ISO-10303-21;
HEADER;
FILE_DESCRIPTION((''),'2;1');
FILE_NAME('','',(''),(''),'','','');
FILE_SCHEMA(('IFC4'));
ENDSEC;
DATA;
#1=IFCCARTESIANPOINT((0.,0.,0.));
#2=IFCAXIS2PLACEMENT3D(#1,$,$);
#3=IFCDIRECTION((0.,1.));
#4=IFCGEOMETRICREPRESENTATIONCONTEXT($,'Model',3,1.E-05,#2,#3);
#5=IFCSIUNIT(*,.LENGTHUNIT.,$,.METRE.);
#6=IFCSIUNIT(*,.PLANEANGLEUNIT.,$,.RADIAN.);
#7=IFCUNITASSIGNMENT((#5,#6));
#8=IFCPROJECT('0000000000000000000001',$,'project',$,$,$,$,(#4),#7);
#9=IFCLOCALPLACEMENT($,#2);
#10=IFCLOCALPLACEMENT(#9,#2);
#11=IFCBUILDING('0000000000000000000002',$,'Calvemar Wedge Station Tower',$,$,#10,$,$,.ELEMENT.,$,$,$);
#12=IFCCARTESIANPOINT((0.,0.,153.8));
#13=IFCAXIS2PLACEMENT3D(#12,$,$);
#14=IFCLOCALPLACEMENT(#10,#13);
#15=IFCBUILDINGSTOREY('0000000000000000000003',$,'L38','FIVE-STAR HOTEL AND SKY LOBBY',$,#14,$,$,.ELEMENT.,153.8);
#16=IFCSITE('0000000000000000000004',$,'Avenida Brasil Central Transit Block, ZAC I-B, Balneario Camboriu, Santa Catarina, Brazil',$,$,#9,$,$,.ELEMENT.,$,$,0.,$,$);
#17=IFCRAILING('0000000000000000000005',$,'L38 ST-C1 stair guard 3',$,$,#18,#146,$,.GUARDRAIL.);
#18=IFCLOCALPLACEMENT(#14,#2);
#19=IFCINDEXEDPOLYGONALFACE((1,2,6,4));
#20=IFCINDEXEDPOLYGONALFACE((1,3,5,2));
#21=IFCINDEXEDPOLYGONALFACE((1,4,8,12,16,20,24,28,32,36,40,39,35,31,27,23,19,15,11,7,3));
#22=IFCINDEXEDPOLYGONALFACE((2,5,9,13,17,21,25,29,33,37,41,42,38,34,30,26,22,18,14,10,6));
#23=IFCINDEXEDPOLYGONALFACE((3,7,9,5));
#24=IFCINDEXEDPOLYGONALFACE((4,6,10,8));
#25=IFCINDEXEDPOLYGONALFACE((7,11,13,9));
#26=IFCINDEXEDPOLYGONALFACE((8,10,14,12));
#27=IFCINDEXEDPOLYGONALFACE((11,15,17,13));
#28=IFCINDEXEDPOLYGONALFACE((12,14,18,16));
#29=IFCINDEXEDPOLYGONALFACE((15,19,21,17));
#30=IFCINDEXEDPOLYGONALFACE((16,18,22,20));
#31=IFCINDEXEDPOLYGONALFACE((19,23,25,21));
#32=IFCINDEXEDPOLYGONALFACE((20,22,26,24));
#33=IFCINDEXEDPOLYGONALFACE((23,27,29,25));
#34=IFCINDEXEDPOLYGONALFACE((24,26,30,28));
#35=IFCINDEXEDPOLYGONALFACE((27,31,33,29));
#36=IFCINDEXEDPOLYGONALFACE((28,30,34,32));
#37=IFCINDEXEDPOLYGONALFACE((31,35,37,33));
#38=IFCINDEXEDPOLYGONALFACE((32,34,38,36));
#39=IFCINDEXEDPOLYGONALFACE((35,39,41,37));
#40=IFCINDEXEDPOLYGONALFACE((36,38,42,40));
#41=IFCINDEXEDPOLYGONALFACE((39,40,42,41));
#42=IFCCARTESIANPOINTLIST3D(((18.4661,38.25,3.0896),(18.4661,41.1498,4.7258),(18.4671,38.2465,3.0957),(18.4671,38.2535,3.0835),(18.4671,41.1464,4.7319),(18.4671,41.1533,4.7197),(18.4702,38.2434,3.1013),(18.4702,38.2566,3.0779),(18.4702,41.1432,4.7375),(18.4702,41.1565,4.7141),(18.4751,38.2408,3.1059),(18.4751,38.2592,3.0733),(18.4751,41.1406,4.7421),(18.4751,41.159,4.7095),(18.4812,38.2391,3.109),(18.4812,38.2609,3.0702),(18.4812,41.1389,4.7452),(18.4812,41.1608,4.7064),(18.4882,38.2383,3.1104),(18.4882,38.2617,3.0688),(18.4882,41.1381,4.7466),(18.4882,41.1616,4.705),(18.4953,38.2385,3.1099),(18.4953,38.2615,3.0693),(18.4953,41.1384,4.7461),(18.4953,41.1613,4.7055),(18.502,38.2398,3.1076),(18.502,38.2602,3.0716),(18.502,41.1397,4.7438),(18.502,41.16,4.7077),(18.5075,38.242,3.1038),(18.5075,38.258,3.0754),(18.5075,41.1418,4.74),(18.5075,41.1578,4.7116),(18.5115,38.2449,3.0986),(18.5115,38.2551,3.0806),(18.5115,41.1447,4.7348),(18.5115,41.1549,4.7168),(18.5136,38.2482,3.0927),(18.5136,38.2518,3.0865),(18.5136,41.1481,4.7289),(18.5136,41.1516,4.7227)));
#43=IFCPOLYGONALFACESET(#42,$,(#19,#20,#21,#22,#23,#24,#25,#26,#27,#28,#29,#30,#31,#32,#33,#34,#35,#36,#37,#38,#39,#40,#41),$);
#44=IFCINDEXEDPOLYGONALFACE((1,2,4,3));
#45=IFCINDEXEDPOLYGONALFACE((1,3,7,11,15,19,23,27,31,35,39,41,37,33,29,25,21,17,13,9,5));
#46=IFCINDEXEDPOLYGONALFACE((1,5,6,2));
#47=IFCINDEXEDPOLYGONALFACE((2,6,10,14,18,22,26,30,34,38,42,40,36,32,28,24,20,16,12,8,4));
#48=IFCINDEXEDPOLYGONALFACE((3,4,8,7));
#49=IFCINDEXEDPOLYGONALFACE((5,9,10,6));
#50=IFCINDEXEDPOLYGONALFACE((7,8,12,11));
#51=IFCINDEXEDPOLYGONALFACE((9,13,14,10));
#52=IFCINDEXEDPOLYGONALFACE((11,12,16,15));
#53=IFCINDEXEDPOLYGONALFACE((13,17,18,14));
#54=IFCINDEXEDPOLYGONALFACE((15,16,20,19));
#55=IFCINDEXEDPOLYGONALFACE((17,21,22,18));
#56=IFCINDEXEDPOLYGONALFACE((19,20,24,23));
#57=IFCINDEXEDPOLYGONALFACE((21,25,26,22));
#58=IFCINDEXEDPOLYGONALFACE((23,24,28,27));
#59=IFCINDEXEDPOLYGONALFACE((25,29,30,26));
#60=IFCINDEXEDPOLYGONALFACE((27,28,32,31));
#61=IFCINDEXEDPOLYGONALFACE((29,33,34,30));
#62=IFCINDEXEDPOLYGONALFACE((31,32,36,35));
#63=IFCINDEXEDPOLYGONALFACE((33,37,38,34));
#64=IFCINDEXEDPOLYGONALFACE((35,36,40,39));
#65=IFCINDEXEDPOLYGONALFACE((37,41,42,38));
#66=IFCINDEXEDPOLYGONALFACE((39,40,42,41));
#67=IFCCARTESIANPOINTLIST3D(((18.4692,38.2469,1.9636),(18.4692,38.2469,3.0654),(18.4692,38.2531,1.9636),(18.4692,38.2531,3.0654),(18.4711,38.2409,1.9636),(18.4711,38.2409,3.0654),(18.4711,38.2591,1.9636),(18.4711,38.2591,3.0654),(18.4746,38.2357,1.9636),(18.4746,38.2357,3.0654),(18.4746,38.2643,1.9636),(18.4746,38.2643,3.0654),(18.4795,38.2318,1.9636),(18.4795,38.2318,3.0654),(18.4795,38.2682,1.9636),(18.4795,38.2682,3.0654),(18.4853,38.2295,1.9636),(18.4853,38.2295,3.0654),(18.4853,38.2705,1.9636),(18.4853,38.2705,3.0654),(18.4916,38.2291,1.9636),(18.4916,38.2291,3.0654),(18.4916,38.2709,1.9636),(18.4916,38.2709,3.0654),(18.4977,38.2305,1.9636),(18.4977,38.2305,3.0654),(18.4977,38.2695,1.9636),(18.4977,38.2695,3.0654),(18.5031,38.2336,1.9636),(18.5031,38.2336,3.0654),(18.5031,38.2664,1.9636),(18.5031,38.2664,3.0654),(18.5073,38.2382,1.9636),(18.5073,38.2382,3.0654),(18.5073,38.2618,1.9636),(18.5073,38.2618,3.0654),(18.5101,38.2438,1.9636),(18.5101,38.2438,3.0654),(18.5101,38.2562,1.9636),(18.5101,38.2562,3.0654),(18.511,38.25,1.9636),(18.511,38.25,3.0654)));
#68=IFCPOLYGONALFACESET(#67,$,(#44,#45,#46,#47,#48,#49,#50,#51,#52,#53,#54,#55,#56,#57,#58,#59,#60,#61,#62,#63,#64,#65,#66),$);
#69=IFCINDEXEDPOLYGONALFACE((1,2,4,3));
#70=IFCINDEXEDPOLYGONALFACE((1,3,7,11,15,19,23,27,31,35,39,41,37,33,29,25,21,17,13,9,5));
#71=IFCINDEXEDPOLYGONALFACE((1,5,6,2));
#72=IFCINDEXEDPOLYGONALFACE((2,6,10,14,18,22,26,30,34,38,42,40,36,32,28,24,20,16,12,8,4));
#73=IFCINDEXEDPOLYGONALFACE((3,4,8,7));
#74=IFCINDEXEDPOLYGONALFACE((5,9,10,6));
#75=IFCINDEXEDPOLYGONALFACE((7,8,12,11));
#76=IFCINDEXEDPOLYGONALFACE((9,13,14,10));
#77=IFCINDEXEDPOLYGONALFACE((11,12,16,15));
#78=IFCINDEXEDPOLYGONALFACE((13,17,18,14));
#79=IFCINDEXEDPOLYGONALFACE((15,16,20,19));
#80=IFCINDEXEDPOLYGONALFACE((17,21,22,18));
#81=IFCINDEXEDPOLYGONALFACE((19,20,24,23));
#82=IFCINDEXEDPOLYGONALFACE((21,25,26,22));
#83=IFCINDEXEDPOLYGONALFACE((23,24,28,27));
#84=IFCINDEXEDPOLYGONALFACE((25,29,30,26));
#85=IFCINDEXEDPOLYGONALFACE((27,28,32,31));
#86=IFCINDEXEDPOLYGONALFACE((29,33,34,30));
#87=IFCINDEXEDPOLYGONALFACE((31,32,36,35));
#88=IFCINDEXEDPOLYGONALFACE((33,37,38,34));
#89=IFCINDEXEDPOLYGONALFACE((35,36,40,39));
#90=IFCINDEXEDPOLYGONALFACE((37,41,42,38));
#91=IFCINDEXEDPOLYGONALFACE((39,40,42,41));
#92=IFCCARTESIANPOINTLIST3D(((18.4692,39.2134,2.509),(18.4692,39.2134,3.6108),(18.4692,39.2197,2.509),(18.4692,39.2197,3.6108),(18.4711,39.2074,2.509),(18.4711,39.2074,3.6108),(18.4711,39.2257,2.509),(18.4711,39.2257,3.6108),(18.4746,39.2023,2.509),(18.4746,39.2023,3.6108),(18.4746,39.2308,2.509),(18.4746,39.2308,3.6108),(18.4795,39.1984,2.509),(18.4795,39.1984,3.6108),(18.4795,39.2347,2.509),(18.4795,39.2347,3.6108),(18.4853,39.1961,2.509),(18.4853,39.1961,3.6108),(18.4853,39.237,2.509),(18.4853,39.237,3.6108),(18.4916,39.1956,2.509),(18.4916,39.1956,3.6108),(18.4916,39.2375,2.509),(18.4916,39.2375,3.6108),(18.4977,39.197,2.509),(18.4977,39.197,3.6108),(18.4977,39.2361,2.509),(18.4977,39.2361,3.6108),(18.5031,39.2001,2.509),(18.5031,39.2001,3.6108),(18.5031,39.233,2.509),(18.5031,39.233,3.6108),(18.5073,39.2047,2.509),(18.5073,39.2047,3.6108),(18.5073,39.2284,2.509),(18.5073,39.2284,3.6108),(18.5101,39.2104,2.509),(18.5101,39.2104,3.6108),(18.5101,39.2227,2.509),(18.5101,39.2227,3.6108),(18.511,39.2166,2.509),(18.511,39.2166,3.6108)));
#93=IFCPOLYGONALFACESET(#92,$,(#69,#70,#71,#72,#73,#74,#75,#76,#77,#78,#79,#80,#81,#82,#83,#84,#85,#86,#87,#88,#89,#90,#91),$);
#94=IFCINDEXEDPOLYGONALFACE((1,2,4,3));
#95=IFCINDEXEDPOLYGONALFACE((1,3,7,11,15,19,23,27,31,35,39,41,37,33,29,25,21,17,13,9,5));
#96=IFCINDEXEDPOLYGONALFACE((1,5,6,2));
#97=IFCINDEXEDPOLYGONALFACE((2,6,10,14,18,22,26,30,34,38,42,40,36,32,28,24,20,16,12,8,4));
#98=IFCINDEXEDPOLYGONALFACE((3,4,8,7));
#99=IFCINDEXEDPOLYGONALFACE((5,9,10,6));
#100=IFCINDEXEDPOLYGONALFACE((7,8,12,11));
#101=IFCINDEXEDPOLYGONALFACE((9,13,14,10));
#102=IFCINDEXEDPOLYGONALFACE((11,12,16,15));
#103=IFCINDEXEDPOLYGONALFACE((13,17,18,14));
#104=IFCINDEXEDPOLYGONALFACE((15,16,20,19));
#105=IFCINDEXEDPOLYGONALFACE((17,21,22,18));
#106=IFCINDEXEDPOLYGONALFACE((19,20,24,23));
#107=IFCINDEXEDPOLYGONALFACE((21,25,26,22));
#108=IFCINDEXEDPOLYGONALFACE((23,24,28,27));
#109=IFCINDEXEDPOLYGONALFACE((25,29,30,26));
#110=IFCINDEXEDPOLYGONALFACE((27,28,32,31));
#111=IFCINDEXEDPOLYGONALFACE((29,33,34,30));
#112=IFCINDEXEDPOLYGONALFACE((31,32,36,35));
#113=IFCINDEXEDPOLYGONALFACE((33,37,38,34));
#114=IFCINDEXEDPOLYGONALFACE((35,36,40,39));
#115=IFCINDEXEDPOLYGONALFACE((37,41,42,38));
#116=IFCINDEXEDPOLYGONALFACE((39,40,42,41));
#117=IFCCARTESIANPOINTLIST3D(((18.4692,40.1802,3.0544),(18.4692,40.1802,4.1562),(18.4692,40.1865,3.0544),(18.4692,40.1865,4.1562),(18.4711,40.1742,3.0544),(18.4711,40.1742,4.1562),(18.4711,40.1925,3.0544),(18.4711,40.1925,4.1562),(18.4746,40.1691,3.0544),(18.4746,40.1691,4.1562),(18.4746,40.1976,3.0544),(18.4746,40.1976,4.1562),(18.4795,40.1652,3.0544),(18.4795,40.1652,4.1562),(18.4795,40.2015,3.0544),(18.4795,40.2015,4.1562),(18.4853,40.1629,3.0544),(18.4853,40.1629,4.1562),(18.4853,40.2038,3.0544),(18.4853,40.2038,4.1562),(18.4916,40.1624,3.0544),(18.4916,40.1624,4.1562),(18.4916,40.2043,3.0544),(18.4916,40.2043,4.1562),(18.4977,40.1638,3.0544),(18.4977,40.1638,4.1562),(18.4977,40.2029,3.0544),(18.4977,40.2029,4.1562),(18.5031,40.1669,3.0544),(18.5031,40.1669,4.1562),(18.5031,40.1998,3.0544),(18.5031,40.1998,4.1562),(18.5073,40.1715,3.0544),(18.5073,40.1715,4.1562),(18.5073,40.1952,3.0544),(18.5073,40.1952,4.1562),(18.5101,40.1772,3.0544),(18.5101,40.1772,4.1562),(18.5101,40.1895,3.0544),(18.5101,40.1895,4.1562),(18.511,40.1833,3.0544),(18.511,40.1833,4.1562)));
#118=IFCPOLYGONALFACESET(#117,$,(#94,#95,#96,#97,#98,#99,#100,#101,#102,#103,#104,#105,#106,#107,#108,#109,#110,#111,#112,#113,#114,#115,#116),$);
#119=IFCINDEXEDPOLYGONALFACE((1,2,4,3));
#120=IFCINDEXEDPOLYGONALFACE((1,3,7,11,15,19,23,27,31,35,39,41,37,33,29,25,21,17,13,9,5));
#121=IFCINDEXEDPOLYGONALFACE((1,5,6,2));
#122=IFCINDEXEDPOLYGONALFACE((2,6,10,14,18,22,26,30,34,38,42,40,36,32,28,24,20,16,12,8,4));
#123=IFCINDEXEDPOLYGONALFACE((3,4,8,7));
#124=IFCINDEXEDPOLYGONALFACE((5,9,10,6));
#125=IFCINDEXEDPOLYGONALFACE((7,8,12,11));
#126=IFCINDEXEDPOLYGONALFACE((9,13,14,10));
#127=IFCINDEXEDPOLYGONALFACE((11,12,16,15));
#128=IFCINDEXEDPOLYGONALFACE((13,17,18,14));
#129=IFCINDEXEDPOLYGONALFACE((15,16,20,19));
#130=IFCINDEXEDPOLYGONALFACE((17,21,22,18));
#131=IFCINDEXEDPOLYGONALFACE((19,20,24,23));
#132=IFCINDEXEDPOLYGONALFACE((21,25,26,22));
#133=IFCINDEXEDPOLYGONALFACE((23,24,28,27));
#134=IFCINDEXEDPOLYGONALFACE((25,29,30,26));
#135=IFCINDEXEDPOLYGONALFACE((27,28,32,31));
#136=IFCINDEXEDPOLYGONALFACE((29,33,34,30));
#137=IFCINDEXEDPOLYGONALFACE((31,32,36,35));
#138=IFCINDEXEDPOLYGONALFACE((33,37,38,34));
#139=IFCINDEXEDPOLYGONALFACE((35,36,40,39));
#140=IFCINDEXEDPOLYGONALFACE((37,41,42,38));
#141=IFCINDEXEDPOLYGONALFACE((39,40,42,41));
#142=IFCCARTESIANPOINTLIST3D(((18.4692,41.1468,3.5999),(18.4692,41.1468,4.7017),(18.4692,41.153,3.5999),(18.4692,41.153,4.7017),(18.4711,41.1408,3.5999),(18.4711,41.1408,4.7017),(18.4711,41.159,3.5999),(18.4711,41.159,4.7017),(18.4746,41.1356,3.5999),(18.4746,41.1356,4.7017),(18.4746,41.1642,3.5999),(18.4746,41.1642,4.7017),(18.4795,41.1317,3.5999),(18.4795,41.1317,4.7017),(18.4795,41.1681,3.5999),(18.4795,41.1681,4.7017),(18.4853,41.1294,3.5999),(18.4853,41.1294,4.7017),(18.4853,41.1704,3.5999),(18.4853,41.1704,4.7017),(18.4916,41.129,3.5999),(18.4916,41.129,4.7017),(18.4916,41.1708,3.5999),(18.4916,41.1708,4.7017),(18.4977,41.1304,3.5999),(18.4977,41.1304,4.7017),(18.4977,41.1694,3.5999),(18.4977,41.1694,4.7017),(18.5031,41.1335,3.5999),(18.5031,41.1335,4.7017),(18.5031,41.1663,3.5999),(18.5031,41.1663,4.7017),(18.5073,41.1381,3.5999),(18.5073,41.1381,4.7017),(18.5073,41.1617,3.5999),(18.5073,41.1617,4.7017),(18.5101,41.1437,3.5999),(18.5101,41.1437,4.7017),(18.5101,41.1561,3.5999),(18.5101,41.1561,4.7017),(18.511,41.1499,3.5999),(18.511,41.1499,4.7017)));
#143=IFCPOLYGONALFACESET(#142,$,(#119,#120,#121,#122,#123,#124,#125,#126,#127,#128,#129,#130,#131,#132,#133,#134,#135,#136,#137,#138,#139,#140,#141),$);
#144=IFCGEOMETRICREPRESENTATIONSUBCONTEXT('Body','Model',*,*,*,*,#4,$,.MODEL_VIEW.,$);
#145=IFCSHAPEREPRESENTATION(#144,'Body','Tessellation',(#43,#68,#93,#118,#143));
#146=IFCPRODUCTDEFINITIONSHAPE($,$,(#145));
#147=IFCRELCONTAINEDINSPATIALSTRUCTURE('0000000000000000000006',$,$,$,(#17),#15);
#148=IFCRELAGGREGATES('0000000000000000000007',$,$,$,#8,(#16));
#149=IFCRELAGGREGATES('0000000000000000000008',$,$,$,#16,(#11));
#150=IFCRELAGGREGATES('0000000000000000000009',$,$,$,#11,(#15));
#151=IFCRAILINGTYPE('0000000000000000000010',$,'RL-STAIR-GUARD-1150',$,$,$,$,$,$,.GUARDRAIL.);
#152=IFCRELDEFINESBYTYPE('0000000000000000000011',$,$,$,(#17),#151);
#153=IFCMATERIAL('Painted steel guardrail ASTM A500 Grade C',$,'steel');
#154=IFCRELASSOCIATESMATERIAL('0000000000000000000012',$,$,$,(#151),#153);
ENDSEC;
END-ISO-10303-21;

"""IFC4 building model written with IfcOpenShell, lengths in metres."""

from ifc_helpers import new_model, si_unit, direction, frame, origin, origin_2d, place, context, subcontext, project, spatial, circle, extrude, material, type_object, element, save


model = new_model("IFC4")

# Units and contexts
model_context = context("Model", 3, precision=1e-05, world=origin(), true_north=direction((0.0, 1.0)))
body_context = subcontext(model_context, "Body", "Model", "MODEL_VIEW")
ifc_project = project(units=[si_unit("LENGTHUNIT", "METRE"), si_unit("PLANEANGLEUNIT", "RADIAN")], contexts=[model_context])

# Site, building, storey
site_placement = place(None, origin())
site = spatial("IfcSite", under=ifc_project, at=site_placement, Name="Avenida Brasil Central Transit Block, ZAC I-B, Balneario Camboriu, Santa Catarina, Brazil", CompositionType="ELEMENT", RefElevation=0.0)
building_placement = place(site_placement, origin())
building = spatial("IfcBuilding", under=site, at=building_placement, Name="Calvemar Wedge Station Tower", CompositionType="ELEMENT")
storey_placement = place(building_placement, frame((0.0, 0.0, 153.8)))
storey = spatial("IfcBuildingStorey", under=building, at=storey_placement, Name="L38", Description="FIVE-STAR HOTEL AND SKY LOBBY", CompositionType="ELEMENT", Elevation=153.8)

# Railing
ifc_material_1 = material(Name="Painted steel guardrail ASTM A500 Grade C", Category="steel")
railing_type_1 = type_object("IfcRailingType", Name="RL-STAIR-GUARD-1150", PredefinedType="GUARDRAIL", material=ifc_material_1)
railing_1_placement = place(storey_placement, frame((18.49, 38.25, 1.9636)))
element("IfcRailing", 1, at=railing_1_placement, inside=storey, type_object=railing_type_1, Name="L38 ST-C1 stair guard 3", PredefinedType="GUARDRAIL", context=body_context, shape_type="SweptSolid", body=[
    extrude(circle(Radius=0.0239, at=origin_2d()), frame((0.0, 0.0, 1.126), z_axis=(0.0, 0.870929, 0.49141), x_axis=(-1.0, 0.0, 0.0)), (0.0, 0.0, 1.0), 3.3296),
    extrude(circle(Radius=0.021, at=origin_2d()), origin(), (0.0, 0.0, 1.0), 1.1018),
    extrude(circle(Radius=0.021, at=origin_2d()), frame((0.0, 0.9666, 0.5454)), (0.0, 0.0, 1.0), 1.1018),
    extrude(circle(Radius=0.021, at=origin_2d()), frame((0.0, 1.9333, 1.0908)), (0.0, 0.0, 1.0), 1.1018),
    extrude(circle(Radius=0.021, at=origin_2d()), frame((0.0, 2.8999, 1.6362)), (0.0, 0.0, 1.0), 1.1018),
])

save(model, "model.ifc")
